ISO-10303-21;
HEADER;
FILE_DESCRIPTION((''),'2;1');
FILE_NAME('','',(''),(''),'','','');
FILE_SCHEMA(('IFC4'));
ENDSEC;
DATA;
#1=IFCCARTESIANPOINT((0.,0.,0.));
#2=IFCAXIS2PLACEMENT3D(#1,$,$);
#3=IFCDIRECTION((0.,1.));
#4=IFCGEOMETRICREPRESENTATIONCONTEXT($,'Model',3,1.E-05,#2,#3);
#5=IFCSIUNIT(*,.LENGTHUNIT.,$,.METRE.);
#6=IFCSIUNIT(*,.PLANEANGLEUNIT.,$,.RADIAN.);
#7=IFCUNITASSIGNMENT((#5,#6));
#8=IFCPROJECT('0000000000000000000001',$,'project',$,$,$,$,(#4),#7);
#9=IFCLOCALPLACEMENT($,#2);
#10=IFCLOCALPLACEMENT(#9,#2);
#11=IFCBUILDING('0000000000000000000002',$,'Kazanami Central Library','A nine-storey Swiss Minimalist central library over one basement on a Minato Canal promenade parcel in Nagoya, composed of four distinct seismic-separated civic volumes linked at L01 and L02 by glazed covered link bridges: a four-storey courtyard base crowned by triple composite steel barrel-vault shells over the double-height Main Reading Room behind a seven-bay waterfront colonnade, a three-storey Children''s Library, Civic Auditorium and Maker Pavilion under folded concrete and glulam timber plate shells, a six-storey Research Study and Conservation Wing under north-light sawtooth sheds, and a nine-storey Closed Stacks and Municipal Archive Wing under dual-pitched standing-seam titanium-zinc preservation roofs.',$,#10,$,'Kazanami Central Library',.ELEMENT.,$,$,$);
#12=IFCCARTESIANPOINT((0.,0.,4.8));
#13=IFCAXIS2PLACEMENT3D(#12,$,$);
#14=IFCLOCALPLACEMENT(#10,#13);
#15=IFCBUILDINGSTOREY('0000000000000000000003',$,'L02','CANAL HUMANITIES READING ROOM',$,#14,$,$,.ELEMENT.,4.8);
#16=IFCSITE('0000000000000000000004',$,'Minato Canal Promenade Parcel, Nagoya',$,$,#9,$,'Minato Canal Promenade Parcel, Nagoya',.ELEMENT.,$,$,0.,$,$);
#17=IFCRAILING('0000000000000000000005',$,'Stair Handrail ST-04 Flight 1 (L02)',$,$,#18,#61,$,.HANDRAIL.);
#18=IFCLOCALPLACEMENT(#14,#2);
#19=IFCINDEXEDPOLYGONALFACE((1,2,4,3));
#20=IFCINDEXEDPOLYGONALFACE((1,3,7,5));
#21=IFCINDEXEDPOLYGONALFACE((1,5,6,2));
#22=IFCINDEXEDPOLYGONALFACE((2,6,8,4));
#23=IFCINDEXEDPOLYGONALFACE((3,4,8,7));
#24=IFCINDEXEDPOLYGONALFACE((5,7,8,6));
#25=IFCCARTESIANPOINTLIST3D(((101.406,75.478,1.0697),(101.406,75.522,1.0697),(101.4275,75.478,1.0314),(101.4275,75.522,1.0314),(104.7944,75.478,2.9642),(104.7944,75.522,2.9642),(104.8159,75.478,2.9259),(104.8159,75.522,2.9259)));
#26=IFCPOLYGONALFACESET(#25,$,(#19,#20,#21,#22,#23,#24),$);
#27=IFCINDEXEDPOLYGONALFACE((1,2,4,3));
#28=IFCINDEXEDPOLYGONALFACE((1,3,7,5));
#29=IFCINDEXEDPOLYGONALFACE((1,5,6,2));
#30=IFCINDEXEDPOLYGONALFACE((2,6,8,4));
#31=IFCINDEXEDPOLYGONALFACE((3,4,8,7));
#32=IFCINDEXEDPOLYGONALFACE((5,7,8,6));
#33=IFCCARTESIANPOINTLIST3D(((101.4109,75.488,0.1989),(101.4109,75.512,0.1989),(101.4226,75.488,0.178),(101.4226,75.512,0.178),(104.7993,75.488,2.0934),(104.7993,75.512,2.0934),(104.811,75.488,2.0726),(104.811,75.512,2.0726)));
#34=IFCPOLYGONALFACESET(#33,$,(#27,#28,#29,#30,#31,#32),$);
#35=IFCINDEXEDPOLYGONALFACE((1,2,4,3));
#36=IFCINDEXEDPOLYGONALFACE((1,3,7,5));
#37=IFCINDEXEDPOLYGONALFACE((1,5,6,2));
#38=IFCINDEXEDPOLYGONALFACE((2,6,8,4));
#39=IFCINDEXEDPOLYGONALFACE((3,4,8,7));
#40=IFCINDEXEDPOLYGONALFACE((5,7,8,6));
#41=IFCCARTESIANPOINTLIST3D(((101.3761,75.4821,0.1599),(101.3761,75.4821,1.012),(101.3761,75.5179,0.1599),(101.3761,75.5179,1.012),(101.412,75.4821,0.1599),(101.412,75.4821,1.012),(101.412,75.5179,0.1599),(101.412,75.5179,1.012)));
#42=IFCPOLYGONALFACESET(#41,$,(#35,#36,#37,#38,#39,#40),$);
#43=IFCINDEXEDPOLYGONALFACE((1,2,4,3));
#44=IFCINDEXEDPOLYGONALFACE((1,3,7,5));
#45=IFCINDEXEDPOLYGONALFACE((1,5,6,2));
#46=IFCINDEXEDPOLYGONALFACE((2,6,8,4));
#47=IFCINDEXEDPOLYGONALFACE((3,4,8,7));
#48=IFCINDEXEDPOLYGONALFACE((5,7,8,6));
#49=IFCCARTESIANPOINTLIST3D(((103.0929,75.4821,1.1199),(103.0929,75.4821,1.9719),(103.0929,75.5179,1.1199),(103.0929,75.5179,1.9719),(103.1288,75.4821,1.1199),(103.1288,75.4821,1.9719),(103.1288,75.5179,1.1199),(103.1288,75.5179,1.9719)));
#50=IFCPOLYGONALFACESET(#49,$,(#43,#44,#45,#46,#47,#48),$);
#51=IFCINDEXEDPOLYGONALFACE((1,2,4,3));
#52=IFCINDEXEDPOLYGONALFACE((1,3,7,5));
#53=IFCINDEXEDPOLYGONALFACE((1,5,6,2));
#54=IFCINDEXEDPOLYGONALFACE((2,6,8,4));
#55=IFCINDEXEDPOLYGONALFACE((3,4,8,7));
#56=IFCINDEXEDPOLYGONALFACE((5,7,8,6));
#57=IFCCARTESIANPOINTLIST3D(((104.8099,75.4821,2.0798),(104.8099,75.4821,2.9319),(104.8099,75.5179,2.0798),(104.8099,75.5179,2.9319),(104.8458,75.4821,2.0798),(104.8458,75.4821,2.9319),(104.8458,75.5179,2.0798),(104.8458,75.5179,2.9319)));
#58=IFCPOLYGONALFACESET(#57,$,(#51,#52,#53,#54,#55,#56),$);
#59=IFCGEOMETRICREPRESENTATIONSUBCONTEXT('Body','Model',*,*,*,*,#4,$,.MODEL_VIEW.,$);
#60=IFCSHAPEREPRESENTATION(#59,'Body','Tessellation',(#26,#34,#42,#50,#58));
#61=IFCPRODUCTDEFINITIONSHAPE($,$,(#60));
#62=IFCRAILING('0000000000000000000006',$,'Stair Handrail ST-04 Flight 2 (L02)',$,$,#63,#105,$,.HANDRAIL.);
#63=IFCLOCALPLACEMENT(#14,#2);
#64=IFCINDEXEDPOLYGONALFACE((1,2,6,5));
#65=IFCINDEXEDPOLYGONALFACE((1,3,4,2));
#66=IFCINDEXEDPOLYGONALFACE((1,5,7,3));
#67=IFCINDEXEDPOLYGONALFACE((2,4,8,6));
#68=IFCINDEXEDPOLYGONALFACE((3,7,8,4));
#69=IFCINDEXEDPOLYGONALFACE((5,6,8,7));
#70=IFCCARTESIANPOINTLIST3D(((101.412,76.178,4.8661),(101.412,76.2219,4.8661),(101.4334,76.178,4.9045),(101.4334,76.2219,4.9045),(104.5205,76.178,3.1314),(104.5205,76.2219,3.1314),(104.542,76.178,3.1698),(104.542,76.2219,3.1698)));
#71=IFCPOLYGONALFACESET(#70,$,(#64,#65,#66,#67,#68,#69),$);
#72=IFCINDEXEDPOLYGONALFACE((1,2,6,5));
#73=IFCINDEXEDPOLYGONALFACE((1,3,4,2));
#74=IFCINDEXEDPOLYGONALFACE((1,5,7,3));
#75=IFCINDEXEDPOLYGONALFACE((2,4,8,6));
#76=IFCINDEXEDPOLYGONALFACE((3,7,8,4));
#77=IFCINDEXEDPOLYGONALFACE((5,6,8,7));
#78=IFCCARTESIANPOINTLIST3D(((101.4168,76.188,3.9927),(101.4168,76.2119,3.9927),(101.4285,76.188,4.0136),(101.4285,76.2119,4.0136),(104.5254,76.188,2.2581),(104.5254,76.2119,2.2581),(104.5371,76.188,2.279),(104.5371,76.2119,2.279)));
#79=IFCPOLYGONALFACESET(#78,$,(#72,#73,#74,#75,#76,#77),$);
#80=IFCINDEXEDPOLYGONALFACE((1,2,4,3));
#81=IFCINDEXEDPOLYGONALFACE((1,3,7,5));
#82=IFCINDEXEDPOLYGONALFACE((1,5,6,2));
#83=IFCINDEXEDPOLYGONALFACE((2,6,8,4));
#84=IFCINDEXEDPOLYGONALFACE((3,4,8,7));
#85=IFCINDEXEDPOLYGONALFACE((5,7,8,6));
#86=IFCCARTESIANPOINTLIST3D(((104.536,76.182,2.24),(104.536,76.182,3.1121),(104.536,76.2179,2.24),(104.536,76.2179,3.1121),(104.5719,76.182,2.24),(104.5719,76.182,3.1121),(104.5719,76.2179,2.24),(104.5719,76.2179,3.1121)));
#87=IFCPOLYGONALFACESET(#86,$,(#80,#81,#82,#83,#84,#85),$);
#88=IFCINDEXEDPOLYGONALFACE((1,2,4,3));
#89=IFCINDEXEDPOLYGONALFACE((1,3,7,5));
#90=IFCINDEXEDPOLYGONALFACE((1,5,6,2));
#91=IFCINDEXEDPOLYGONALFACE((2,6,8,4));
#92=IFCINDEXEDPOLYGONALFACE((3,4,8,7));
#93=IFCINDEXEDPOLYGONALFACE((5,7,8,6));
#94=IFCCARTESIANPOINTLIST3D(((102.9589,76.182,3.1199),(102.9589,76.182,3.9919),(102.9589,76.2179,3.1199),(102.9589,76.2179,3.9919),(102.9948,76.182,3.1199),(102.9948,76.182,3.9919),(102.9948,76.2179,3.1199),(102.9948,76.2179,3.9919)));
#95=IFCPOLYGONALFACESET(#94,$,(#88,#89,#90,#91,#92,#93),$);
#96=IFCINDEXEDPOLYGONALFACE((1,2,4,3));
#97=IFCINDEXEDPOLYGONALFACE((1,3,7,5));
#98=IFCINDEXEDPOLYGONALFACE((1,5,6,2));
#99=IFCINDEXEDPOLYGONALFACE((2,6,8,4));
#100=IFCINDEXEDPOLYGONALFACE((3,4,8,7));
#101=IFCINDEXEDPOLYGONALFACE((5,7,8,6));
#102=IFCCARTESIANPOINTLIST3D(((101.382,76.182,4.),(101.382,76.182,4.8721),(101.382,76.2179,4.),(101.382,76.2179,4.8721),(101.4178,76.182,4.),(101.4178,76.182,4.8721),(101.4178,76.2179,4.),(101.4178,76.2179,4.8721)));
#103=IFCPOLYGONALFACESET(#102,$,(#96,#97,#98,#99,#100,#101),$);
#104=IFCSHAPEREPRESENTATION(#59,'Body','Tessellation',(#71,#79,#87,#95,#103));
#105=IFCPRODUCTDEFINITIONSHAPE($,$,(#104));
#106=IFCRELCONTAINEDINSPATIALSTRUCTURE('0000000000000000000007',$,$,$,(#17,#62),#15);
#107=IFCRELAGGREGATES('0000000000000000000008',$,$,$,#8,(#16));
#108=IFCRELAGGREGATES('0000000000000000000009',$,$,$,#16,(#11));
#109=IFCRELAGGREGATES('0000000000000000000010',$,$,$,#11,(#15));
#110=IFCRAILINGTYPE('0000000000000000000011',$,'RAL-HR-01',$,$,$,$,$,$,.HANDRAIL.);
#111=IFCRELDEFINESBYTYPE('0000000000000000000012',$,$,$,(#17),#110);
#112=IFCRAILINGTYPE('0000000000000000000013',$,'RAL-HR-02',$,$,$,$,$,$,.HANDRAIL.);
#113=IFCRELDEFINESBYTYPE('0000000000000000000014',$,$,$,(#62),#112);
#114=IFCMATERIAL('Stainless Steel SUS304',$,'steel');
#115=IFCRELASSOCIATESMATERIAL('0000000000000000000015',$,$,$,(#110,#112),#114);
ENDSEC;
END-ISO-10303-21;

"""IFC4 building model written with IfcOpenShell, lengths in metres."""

from ifc_helpers import new_model, si_unit, direction, frame, origin, origin_2d, place, context, subcontext, project, spatial, rectangle, extrude, material, type_object, element, save


model = new_model("IFC4")

# Units and contexts
model_context = context("Model", 3, precision=1e-05, world=origin(), true_north=direction((0.0, 1.0)))
body_context = subcontext(model_context, "Body", "Model", "MODEL_VIEW")
ifc_project = project(units=[si_unit("LENGTHUNIT", "METRE"), si_unit("PLANEANGLEUNIT", "RADIAN")], contexts=[model_context])

# Site, building, storey
site_placement = place(None, origin())
site = spatial("IfcSite", under=ifc_project, at=site_placement, Name="Minato Canal Promenade Parcel, Nagoya", LongName="Minato Canal Promenade Parcel, Nagoya", CompositionType="ELEMENT", RefElevation=0.0)
building_placement = place(site_placement, origin())
building = spatial("IfcBuilding", under=site, at=building_placement, Name="Kazanami Central Library", Description="A nine-storey Swiss Minimalist central library over one basement on a Minato Canal promenade parcel in Nagoya, composed of four distinct seismic-separated civic volumes linked at L01 and L02 by glazed covered link bridges: a four-storey courtyard base crowned by triple composite steel barrel-vault shells over the double-height Main Reading Room behind a seven-bay waterfront colonnade, a three-storey Children's Library, Civic Auditorium and Maker Pavilion under folded concrete and glulam timber plate shells, a six-storey Research Study and Conservation Wing under north-light sawtooth sheds, and a nine-storey Closed Stacks and Municipal Archive Wing under dual-pitched standing-seam titanium-zinc preservation roofs.", LongName="Kazanami Central Library", CompositionType="ELEMENT")
storey_placement = place(building_placement, frame((0.0, 0.0, 4.8)))
storey = spatial("IfcBuildingStorey", under=building, at=storey_placement, Name="L02", Description="CANAL HUMANITIES READING ROOM", CompositionType="ELEMENT", Elevation=4.8)

# Shared definitions
ifc_material_1 = material(Name="Stainless Steel SUS304", Category="steel")

# Railings
railing_type_1 = type_object("IfcRailingType", Name="RAL-HR-01", PredefinedType="HANDRAIL", material=ifc_material_1)
railing_1_placement = place(storey_placement, frame((101.394, 75.5, 0.1599)))
element("IfcRailing", 1, at=railing_1_placement, inside=storey, type_object=railing_type_1, Name="Stair Handrail ST-04 Flight 1 (L02)", PredefinedType="HANDRAIL", context=body_context, shape_type="SweptSolid", body=[
    extrude(rectangle(XDim=0.0439, YDim=0.0439, at=origin_2d()), frame((0.0227, 0.0, 0.8906), z_axis=(0.872834, 0.0, 0.488017), x_axis=(0.0, 1.0, 0.0)), (0.0, 0.0, 1.0), 3.8821),
    extrude(rectangle(XDim=0.0239, YDim=0.0239, at=origin_2d()), frame((0.0227, 0.0, 0.0286), z_axis=(0.872834, 0.0, 0.488017), x_axis=(0.0, 1.0, 0.0)), (0.0, 0.0, 1.0), 3.8821),
    extrude(rectangle(XDim=0.0359, YDim=0.0359, at=origin_2d()), origin(), (0.0, 0.0, 1.0), 0.8521),
    extrude(rectangle(XDim=0.0359, YDim=0.0359, at=origin_2d()), frame((1.7168, 0.0, 0.96)), (0.0, 0.0, 1.0), 0.8521),
    extrude(rectangle(XDim=0.0359, YDim=0.0359, at=origin_2d()), frame((3.4338, 0.0, 1.9199)), (0.0, 0.0, 1.0), 0.8521),
])
railing_type_2 = type_object("IfcRailingType", Name="RAL-HR-02", PredefinedType="HANDRAIL", material=ifc_material_1)
railing_2_placement = place(storey_placement, frame((104.554, 76.2, 2.24)))
element("IfcRailing", 2, at=railing_2_placement, inside=storey, type_object=railing_type_2, Name="Stair Handrail ST-04 Flight 2 (L02)", PredefinedType="HANDRAIL", context=body_context, shape_type="SweptSolid", body=[
    extrude(rectangle(XDim=0.0439, YDim=0.0439, at=origin_2d()), frame((-0.0227, 0.0, 0.9106), z_axis=(-0.873244, 0.0, 0.487283), x_axis=(0.0, -1.0, 0.0)), (0.0, 0.0, 1.0), 3.5598),
    extrude(rectangle(XDim=0.0239, YDim=0.0239, at=origin_2d()), frame((-0.0227, 0.0, 0.0286), z_axis=(-0.873244, 0.0, 0.487283), x_axis=(0.0, -1.0, 0.0)), (0.0, 0.0, 1.0), 3.5598),
    extrude(rectangle(XDim=0.0359, YDim=0.0359, at=origin_2d()), origin(), (0.0, 0.0, 1.0), 0.8721),
    extrude(rectangle(XDim=0.0359, YDim=0.0359, at=origin_2d()), frame((-1.5771, 0.0, 0.8799)), (0.0, 0.0, 1.0), 0.8721),
    extrude(rectangle(XDim=0.0359, YDim=0.0359, at=origin_2d()), frame((-3.1541, 0.0, 1.76)), (0.0, 0.0, 1.0), 0.8721),
])

save(model, "model.ifc")
